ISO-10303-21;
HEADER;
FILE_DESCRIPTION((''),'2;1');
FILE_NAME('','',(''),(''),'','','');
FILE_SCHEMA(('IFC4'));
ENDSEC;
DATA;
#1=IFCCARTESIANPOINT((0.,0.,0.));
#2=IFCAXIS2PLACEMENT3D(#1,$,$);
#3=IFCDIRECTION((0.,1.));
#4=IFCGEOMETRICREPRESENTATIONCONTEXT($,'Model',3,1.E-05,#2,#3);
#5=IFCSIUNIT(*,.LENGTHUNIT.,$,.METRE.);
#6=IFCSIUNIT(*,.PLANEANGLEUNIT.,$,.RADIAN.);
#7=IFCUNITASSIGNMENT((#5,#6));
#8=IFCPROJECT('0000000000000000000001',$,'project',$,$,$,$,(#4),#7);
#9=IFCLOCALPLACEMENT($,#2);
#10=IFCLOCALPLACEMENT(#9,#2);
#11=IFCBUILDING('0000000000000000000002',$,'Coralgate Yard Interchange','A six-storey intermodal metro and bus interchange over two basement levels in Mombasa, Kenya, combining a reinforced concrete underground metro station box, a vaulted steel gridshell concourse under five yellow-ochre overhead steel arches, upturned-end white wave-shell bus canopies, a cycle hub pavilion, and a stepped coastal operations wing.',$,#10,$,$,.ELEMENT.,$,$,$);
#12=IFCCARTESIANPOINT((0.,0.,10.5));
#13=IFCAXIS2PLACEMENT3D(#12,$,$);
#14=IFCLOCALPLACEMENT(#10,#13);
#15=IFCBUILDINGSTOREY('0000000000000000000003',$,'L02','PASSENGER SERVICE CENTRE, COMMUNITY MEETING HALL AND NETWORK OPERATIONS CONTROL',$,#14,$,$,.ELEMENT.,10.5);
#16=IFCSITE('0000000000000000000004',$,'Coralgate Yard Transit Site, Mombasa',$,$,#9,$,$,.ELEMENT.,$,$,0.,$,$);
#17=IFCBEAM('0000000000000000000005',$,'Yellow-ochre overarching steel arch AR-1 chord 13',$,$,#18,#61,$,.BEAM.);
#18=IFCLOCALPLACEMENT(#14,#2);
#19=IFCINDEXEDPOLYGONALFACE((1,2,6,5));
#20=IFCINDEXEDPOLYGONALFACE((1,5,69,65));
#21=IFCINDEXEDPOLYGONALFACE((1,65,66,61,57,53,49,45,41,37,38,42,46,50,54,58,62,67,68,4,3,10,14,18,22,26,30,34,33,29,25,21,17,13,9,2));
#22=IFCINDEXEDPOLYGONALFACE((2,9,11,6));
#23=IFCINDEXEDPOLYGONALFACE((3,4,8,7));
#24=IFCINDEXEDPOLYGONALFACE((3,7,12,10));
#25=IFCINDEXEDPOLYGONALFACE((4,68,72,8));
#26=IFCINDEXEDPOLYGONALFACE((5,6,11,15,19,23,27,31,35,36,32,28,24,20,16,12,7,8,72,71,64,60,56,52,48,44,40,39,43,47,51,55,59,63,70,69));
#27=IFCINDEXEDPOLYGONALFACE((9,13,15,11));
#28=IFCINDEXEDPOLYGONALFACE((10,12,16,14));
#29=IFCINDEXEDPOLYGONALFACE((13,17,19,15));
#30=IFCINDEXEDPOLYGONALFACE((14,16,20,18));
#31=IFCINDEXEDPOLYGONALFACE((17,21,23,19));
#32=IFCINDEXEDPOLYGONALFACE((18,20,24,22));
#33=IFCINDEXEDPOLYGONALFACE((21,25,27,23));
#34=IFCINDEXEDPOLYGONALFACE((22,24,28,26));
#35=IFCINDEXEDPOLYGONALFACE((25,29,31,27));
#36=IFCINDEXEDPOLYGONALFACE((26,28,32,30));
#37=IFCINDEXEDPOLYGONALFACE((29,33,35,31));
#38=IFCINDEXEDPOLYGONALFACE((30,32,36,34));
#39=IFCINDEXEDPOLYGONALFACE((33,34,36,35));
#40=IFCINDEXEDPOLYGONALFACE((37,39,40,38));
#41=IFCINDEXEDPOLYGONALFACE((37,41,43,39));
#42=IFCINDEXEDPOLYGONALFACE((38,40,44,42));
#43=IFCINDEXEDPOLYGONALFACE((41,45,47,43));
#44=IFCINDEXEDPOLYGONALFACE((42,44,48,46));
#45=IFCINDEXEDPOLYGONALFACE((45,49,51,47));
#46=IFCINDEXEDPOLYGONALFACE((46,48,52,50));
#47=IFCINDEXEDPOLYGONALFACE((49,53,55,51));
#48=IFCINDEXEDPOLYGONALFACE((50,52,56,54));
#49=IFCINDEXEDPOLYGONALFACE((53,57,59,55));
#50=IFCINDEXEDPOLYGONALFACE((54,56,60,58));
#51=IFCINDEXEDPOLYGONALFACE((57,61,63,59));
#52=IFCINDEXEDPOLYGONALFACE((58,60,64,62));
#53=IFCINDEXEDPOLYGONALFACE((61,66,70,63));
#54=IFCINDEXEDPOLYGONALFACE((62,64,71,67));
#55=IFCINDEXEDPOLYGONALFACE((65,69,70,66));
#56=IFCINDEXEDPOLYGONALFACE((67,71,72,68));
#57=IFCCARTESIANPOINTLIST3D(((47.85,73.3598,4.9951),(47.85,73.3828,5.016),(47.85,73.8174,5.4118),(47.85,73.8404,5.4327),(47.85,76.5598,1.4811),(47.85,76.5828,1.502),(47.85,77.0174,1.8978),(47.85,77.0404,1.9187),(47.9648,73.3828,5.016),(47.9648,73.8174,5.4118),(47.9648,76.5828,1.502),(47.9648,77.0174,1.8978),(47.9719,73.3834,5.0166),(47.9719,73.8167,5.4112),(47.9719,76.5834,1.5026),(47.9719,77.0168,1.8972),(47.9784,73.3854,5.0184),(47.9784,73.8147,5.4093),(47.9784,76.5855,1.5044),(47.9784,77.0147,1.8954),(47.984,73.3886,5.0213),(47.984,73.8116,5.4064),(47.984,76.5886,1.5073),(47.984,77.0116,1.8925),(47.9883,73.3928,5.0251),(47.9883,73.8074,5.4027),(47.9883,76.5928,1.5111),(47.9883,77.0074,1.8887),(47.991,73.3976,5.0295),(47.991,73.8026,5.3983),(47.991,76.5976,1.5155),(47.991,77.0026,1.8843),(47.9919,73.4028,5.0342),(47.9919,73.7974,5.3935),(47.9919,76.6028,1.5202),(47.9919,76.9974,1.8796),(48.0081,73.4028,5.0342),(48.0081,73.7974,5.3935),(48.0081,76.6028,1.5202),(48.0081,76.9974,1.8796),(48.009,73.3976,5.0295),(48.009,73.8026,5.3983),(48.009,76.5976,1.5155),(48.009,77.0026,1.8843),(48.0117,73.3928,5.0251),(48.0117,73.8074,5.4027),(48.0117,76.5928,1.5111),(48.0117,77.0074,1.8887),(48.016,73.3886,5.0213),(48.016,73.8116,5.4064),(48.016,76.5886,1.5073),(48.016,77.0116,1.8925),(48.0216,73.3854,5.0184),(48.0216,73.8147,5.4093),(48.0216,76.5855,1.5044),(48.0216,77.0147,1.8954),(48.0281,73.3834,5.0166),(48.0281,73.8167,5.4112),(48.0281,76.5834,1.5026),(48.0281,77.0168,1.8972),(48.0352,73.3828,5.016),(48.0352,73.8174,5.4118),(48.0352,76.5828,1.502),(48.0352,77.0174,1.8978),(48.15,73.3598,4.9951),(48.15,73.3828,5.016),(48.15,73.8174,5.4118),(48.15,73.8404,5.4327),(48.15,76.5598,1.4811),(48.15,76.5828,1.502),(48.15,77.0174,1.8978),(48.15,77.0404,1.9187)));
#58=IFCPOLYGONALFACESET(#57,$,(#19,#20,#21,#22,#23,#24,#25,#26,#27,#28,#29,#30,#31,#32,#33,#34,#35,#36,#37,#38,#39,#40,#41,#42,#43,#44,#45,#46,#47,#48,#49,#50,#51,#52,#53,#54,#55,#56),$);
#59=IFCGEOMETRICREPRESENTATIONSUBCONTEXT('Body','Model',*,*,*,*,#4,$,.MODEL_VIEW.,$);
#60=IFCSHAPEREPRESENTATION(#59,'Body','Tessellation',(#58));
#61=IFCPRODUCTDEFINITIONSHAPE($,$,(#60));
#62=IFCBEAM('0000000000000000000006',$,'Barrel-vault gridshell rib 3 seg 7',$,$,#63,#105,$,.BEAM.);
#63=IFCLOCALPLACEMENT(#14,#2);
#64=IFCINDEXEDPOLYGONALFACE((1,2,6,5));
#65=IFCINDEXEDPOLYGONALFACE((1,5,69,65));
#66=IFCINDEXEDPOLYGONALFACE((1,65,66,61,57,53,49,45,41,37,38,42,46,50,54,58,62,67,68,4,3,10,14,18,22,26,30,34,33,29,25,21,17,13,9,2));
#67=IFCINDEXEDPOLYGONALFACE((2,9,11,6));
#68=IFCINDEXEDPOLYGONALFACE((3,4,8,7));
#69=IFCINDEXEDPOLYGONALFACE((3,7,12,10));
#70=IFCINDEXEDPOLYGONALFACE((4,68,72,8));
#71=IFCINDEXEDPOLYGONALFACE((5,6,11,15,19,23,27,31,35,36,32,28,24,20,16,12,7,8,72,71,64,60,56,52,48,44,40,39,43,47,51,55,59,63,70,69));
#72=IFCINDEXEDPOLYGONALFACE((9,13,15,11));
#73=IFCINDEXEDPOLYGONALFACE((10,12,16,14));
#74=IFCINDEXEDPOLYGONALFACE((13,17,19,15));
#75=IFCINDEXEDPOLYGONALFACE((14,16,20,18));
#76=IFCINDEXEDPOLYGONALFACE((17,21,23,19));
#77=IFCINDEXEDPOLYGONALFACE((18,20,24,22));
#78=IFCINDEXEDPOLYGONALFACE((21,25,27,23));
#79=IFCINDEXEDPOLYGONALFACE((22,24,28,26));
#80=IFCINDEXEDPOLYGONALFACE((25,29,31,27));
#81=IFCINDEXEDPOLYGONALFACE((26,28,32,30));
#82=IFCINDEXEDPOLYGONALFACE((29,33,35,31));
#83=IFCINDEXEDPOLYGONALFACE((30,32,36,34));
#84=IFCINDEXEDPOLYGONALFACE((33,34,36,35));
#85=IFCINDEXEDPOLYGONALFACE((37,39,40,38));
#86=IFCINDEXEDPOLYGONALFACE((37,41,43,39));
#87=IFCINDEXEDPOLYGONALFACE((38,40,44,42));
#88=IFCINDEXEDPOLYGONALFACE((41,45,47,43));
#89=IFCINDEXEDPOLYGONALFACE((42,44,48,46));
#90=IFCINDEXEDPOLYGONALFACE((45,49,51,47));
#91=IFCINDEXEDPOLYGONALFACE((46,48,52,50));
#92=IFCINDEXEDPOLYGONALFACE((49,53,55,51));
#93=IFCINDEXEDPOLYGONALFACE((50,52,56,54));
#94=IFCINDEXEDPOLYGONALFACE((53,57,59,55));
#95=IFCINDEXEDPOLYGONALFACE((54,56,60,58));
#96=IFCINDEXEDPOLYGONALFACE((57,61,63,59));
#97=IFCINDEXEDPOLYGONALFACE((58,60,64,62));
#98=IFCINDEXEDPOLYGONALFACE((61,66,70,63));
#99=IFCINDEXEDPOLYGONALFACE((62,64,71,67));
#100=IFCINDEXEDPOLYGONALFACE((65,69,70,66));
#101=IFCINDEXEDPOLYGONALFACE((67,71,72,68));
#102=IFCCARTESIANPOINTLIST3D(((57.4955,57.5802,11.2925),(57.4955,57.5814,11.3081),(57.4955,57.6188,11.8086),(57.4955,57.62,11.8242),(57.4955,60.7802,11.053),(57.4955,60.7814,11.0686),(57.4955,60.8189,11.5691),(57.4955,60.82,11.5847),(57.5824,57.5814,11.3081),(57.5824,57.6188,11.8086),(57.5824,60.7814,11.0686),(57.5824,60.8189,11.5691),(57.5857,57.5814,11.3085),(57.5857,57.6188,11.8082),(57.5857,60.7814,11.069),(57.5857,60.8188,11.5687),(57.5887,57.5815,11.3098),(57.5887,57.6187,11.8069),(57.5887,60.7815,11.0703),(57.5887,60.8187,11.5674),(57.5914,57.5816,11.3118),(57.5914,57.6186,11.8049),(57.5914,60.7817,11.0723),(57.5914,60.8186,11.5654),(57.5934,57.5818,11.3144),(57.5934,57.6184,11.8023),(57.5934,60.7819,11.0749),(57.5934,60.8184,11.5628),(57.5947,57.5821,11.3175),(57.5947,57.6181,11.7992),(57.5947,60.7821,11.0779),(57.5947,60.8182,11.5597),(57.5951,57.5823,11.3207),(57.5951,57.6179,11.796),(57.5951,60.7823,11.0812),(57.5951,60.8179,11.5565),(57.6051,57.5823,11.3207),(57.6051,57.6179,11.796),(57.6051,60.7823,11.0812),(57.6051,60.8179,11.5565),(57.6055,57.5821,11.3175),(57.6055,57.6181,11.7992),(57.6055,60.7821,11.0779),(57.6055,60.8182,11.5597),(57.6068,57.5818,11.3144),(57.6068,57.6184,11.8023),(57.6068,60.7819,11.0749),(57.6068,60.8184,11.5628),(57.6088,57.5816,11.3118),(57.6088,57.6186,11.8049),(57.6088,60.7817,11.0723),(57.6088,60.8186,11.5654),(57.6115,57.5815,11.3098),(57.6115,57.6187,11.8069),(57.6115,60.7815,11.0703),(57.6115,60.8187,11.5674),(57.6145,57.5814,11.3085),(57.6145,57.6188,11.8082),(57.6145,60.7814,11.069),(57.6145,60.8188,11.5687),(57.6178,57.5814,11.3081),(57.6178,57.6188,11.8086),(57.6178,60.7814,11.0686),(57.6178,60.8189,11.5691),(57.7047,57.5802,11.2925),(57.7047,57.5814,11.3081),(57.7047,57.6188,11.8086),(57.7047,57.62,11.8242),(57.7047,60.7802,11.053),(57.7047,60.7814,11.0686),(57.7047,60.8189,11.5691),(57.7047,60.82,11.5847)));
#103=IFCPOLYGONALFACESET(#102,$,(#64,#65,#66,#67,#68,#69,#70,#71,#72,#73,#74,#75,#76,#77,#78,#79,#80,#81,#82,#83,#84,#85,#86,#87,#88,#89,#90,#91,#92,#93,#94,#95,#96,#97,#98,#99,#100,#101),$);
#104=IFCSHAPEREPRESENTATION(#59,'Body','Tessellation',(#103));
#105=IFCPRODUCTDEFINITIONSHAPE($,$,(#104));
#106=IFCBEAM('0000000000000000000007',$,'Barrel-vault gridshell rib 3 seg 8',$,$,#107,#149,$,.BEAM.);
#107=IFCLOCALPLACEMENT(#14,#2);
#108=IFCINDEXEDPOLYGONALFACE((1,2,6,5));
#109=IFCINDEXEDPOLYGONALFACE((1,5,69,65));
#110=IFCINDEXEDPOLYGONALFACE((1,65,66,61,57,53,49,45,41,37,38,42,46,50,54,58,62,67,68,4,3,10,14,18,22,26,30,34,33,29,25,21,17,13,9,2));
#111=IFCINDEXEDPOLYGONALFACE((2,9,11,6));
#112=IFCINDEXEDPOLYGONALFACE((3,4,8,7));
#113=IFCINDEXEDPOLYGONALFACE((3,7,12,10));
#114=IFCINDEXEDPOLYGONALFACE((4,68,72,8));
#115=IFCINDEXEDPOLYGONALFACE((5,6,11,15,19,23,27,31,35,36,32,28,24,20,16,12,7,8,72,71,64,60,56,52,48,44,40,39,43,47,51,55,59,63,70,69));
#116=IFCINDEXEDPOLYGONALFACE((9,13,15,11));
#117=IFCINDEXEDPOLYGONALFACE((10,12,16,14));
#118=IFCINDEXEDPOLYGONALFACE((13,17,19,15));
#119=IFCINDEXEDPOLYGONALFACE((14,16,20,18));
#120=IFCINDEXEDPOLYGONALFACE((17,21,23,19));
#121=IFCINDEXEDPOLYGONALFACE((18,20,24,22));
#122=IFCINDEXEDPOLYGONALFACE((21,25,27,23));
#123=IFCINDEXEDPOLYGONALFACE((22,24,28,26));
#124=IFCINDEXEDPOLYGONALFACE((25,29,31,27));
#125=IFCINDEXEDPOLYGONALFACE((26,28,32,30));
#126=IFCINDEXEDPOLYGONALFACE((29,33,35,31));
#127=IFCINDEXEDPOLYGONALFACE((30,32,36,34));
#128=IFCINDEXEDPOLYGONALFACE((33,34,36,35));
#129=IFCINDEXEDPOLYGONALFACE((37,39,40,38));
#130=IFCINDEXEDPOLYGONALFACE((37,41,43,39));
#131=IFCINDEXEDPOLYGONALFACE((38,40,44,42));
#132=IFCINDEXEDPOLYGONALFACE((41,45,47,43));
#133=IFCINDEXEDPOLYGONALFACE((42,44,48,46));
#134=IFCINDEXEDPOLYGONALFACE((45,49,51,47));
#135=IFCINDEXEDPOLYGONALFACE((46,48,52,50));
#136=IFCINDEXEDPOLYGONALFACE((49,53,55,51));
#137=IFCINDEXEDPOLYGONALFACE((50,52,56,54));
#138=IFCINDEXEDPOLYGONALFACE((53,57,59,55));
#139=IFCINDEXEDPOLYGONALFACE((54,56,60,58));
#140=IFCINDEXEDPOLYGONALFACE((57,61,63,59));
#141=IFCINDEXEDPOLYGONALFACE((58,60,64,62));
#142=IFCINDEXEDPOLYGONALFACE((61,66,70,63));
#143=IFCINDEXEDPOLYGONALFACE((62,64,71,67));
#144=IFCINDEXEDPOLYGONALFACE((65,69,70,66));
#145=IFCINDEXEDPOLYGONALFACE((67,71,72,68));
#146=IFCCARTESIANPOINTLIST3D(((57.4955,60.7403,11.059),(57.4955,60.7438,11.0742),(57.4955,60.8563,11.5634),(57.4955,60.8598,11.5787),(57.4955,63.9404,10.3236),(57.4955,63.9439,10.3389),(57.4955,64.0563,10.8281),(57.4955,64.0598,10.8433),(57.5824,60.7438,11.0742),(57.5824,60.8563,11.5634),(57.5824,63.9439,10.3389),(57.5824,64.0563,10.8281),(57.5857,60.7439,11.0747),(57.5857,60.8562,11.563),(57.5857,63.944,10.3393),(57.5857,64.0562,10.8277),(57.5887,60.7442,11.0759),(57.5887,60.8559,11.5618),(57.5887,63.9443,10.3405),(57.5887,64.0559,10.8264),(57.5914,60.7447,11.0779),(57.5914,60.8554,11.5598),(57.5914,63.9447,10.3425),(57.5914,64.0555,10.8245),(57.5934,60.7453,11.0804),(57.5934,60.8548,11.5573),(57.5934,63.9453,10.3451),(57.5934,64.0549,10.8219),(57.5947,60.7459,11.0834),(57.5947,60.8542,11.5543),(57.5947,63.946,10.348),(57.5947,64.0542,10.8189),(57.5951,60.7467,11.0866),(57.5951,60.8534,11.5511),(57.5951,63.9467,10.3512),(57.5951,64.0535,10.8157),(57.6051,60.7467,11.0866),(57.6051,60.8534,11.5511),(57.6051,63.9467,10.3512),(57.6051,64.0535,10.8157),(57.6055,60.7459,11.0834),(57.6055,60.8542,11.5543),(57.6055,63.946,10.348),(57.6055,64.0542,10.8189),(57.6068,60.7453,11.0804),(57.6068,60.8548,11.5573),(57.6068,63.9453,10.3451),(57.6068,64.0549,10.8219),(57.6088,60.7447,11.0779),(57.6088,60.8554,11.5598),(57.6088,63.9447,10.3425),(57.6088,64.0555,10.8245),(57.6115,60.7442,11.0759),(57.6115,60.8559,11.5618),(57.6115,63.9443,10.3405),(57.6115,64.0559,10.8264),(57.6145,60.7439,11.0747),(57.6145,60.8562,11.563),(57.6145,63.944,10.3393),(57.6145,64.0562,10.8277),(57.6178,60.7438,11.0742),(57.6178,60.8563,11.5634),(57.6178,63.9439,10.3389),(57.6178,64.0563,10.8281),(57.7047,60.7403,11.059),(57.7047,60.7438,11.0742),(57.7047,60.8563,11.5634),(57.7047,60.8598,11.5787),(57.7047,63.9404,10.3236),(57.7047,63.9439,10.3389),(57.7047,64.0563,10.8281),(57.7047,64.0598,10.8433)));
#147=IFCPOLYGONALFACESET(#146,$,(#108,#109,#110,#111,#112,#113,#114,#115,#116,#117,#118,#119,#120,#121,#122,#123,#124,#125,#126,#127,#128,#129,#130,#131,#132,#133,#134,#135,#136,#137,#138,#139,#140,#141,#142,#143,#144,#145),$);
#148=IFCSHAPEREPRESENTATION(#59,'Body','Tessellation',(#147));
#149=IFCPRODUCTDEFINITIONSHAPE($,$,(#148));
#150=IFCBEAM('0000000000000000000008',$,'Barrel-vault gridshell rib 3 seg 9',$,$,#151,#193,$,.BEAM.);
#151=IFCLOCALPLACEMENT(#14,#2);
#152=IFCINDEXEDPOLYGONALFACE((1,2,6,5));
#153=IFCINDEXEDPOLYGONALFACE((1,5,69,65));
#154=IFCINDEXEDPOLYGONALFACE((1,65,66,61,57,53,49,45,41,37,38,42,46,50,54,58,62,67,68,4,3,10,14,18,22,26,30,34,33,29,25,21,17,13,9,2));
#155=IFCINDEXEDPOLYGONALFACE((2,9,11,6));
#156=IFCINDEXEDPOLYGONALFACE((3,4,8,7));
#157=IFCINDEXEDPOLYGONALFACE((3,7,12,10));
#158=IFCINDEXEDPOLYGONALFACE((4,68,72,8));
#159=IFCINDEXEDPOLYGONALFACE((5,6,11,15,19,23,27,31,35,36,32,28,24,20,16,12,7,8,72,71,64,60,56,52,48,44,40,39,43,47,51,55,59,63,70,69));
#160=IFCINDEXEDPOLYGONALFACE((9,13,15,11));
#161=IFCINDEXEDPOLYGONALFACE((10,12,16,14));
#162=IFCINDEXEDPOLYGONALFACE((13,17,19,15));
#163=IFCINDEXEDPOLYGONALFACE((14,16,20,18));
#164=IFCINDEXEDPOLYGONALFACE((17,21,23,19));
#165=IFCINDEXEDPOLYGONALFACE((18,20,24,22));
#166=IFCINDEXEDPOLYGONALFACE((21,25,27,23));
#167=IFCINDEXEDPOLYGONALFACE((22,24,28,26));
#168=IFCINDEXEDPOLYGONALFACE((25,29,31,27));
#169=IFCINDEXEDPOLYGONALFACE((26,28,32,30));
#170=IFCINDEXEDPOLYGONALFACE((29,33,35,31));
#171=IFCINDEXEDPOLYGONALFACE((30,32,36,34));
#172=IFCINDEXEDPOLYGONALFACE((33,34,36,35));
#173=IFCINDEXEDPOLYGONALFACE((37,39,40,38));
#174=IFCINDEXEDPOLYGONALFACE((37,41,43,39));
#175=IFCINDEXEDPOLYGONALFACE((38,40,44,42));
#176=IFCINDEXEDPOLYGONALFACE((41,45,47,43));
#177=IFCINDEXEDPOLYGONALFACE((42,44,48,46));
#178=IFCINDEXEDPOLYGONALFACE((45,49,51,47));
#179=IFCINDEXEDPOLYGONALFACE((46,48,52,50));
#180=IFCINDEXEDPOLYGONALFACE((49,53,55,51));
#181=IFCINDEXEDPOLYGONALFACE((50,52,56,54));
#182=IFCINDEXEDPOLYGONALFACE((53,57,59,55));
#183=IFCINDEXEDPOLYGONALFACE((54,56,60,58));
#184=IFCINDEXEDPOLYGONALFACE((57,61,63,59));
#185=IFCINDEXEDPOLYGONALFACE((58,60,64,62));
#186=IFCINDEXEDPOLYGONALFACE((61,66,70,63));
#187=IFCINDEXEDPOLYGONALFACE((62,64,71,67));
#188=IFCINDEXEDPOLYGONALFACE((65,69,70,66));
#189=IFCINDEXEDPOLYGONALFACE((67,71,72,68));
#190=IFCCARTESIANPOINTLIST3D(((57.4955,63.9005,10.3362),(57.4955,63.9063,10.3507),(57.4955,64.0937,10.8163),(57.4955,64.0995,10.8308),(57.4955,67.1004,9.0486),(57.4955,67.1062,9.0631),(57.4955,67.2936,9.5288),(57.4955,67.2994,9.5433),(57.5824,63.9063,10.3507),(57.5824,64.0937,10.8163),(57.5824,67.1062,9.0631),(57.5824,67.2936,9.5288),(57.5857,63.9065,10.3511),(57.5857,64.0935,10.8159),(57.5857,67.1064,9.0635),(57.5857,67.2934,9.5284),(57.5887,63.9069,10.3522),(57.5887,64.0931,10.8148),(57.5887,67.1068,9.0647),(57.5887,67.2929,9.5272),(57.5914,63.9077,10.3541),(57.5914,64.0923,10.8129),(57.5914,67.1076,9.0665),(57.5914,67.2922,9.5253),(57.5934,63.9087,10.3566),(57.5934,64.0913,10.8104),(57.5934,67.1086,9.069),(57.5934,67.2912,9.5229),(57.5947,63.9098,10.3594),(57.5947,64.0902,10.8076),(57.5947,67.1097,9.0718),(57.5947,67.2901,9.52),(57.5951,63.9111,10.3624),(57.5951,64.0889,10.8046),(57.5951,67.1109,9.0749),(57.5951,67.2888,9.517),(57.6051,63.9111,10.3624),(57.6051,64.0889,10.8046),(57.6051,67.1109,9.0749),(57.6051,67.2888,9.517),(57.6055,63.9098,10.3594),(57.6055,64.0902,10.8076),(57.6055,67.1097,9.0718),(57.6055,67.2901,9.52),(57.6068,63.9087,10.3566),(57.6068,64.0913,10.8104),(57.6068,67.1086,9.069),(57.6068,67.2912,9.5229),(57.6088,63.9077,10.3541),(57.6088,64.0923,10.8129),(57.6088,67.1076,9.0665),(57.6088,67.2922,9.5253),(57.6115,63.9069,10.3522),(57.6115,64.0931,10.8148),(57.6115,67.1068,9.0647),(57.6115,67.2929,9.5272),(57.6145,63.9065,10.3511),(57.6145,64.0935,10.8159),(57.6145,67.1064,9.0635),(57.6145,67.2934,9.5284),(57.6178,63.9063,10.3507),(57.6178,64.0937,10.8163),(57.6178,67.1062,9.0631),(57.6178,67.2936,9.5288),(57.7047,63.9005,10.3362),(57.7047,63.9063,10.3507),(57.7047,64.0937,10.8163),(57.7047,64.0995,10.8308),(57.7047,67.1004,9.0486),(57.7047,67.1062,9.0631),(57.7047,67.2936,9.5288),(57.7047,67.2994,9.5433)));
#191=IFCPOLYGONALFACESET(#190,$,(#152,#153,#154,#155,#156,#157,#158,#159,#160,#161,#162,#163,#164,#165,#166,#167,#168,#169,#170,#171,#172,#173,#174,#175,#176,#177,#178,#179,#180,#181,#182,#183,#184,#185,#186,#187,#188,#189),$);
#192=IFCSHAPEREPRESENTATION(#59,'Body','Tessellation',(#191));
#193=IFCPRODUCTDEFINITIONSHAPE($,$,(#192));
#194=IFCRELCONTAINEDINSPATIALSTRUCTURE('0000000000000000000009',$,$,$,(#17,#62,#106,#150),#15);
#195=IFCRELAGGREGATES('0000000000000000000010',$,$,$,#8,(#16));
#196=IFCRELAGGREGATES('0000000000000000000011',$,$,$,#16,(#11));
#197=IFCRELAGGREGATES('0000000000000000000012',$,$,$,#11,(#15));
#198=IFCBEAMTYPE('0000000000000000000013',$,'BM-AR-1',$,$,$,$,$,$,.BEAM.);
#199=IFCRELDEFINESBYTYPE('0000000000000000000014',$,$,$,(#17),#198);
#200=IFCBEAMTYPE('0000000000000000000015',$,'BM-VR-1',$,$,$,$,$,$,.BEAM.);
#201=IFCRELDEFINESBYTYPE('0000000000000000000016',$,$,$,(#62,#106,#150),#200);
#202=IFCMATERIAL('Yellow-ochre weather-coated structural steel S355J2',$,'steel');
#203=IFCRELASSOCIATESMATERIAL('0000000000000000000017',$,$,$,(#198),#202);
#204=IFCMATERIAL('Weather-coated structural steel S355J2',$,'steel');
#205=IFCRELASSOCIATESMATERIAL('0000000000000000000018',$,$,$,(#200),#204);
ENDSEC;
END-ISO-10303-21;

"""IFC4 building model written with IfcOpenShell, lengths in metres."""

from ifc_helpers import new_model, si_unit, direction, frame, origin, origin_2d, place, context, subcontext, project, spatial, i_section, extrude, material, material_profile, profile_set, type_object, element, save


model = new_model("IFC4")

# Units and contexts
model_context = context("Model", 3, precision=1e-05, world=origin(), true_north=direction((0.0, 1.0)))
body_context = subcontext(model_context, "Body", "Model", "MODEL_VIEW")
ifc_project = project(units=[si_unit("LENGTHUNIT", "METRE"), si_unit("PLANEANGLEUNIT", "RADIAN")], contexts=[model_context])

# Site, building, storey
site_placement = place(None, origin())
site = spatial("IfcSite", under=ifc_project, at=site_placement, Name="Coralgate Yard Transit Site, Mombasa", CompositionType="ELEMENT", RefElevation=0.0)
building_placement = place(site_placement, origin())
building = spatial("IfcBuilding", under=site, at=building_placement, Name="Coralgate Yard Interchange", Description="A six-storey intermodal metro and bus interchange over two basement levels in Mombasa, Kenya, combining a reinforced concrete underground metro station box, a vaulted steel gridshell concourse under five yellow-ochre overhead steel arches, upturned-end white wave-shell bus canopies, a cycle hub pavilion, and a stepped coastal operations wing.", CompositionType="ELEMENT")
storey_placement = place(building_placement, frame((0.0, 0.0, 10.5)))
storey = spatial("IfcBuildingStorey", under=building, at=storey_placement, Name="L02", Description="PASSENGER SERVICE CENTRE, COMMUNITY MEETING HALL AND NETWORK OPERATIONS CONTROL", CompositionType="ELEMENT", Elevation=10.5)

# Beams
ifc_material_1 = material(Name="Yellow-ochre weather-coated structural steel S355J2", Category="steel")
ifc_material_profile_1 = material_profile(ifc_material_1, i_section(OverallWidth=0.3, OverallDepth=0.6499, WebThickness=0.0161, FlangeThickness=0.031, FilletRadius=0.0271, at=origin_2d()), Name="HEB 650")
ifc_profile_set_1 = profile_set([ifc_material_profile_1], Name="Yellow-ochre weather-coated structural steel S355J2")
beam_type_1 = type_object("IfcBeamType", Name="BM-AR-1", PredefinedType="BEAM", material=ifc_profile_set_1)
beam_1_placement = place(storey_placement, frame((48.0, 73.6001, 5.2139), z_axis=(0.0, 0.673304, -0.739366), x_axis=(-1.0, 0.0, 0.0)))
element("IfcBeam", 1, at=beam_1_placement, inside=storey, type_object=beam_type_1, Name="Yellow-ochre overarching steel arch AR-1 chord 13", PredefinedType="BEAM", context=body_context, shape_type="SweptSolid", body=[
    extrude(i_section(OverallWidth=0.3, OverallDepth=0.6499, WebThickness=0.0161, FlangeThickness=0.031, FilletRadius=0.0271, at=origin_2d()), origin(), (0.0, 0.0, 1.0), 4.7527),
])
ifc_material_2 = material(Name="Weather-coated structural steel S355J2", Category="steel")
ifc_material_profile_2 = material_profile(ifc_material_2, i_section(OverallWidth=0.2092, OverallDepth=0.5332, WebThickness=0.01, FlangeThickness=0.0156, FilletRadius=0.0127, at=origin_2d()), Name="UB 533x210x92")
ifc_profile_set_2 = profile_set([ifc_material_profile_2], Name="Weather-coated structural steel S355J2")
beam_type_2 = type_object("IfcBeamType", Name="BM-VR-1", PredefinedType="BEAM", material=ifc_profile_set_2)
beam_2_placement = place(storey_placement, frame((57.6001, 57.6001, 11.5583), z_axis=(0.0, 0.997211, -0.074637), x_axis=(-1.0, 0.0, 0.0)))
element("IfcBeam", 2, at=beam_2_placement, inside=storey, type_object=beam_type_2, Name="Barrel-vault gridshell rib 3 seg 7", PredefinedType="BEAM", context=body_context, shape_type="SweptSolid", body=[
    extrude(i_section(OverallWidth=0.2092, OverallDepth=0.5332, WebThickness=0.01, FlangeThickness=0.0156, FilletRadius=0.0127, at=origin_2d()), origin(), (0.0, 0.0, 1.0), 3.209),
])
beam_3_placement = place(storey_placement, frame((57.6001, 60.8, 11.3188), z_axis=(0.0, 0.974598, -0.223963), x_axis=(-1.0, 0.0, 0.0)))
element("IfcBeam", 3, at=beam_3_placement, inside=storey, type_object=beam_type_2, Name="Barrel-vault gridshell rib 3 seg 8", PredefinedType="BEAM", context=body_context, shape_type="SweptSolid", body=[
    extrude(i_section(OverallWidth=0.2092, OverallDepth=0.5332, WebThickness=0.01, FlangeThickness=0.0156, FilletRadius=0.0127, at=origin_2d()), origin(), (0.0, 0.0, 1.0), 3.2834),
])
beam_4_placement = place(storey_placement, frame((57.6001, 64.0, 10.5835), z_axis=(0.0, 0.927713, -0.373294), x_axis=(-1.0, 0.0, 0.0)))
element("IfcBeam", 4, at=beam_4_placement, inside=storey, type_object=beam_type_2, Name="Barrel-vault gridshell rib 3 seg 9", PredefinedType="BEAM", context=body_context, shape_type="SweptSolid", body=[
    extrude(i_section(OverallWidth=0.2092, OverallDepth=0.5332, WebThickness=0.01, FlangeThickness=0.0156, FilletRadius=0.0127, at=origin_2d()), origin(), (0.0, 0.0, 1.0), 3.4492),
])

save(model, "model.ifc")
